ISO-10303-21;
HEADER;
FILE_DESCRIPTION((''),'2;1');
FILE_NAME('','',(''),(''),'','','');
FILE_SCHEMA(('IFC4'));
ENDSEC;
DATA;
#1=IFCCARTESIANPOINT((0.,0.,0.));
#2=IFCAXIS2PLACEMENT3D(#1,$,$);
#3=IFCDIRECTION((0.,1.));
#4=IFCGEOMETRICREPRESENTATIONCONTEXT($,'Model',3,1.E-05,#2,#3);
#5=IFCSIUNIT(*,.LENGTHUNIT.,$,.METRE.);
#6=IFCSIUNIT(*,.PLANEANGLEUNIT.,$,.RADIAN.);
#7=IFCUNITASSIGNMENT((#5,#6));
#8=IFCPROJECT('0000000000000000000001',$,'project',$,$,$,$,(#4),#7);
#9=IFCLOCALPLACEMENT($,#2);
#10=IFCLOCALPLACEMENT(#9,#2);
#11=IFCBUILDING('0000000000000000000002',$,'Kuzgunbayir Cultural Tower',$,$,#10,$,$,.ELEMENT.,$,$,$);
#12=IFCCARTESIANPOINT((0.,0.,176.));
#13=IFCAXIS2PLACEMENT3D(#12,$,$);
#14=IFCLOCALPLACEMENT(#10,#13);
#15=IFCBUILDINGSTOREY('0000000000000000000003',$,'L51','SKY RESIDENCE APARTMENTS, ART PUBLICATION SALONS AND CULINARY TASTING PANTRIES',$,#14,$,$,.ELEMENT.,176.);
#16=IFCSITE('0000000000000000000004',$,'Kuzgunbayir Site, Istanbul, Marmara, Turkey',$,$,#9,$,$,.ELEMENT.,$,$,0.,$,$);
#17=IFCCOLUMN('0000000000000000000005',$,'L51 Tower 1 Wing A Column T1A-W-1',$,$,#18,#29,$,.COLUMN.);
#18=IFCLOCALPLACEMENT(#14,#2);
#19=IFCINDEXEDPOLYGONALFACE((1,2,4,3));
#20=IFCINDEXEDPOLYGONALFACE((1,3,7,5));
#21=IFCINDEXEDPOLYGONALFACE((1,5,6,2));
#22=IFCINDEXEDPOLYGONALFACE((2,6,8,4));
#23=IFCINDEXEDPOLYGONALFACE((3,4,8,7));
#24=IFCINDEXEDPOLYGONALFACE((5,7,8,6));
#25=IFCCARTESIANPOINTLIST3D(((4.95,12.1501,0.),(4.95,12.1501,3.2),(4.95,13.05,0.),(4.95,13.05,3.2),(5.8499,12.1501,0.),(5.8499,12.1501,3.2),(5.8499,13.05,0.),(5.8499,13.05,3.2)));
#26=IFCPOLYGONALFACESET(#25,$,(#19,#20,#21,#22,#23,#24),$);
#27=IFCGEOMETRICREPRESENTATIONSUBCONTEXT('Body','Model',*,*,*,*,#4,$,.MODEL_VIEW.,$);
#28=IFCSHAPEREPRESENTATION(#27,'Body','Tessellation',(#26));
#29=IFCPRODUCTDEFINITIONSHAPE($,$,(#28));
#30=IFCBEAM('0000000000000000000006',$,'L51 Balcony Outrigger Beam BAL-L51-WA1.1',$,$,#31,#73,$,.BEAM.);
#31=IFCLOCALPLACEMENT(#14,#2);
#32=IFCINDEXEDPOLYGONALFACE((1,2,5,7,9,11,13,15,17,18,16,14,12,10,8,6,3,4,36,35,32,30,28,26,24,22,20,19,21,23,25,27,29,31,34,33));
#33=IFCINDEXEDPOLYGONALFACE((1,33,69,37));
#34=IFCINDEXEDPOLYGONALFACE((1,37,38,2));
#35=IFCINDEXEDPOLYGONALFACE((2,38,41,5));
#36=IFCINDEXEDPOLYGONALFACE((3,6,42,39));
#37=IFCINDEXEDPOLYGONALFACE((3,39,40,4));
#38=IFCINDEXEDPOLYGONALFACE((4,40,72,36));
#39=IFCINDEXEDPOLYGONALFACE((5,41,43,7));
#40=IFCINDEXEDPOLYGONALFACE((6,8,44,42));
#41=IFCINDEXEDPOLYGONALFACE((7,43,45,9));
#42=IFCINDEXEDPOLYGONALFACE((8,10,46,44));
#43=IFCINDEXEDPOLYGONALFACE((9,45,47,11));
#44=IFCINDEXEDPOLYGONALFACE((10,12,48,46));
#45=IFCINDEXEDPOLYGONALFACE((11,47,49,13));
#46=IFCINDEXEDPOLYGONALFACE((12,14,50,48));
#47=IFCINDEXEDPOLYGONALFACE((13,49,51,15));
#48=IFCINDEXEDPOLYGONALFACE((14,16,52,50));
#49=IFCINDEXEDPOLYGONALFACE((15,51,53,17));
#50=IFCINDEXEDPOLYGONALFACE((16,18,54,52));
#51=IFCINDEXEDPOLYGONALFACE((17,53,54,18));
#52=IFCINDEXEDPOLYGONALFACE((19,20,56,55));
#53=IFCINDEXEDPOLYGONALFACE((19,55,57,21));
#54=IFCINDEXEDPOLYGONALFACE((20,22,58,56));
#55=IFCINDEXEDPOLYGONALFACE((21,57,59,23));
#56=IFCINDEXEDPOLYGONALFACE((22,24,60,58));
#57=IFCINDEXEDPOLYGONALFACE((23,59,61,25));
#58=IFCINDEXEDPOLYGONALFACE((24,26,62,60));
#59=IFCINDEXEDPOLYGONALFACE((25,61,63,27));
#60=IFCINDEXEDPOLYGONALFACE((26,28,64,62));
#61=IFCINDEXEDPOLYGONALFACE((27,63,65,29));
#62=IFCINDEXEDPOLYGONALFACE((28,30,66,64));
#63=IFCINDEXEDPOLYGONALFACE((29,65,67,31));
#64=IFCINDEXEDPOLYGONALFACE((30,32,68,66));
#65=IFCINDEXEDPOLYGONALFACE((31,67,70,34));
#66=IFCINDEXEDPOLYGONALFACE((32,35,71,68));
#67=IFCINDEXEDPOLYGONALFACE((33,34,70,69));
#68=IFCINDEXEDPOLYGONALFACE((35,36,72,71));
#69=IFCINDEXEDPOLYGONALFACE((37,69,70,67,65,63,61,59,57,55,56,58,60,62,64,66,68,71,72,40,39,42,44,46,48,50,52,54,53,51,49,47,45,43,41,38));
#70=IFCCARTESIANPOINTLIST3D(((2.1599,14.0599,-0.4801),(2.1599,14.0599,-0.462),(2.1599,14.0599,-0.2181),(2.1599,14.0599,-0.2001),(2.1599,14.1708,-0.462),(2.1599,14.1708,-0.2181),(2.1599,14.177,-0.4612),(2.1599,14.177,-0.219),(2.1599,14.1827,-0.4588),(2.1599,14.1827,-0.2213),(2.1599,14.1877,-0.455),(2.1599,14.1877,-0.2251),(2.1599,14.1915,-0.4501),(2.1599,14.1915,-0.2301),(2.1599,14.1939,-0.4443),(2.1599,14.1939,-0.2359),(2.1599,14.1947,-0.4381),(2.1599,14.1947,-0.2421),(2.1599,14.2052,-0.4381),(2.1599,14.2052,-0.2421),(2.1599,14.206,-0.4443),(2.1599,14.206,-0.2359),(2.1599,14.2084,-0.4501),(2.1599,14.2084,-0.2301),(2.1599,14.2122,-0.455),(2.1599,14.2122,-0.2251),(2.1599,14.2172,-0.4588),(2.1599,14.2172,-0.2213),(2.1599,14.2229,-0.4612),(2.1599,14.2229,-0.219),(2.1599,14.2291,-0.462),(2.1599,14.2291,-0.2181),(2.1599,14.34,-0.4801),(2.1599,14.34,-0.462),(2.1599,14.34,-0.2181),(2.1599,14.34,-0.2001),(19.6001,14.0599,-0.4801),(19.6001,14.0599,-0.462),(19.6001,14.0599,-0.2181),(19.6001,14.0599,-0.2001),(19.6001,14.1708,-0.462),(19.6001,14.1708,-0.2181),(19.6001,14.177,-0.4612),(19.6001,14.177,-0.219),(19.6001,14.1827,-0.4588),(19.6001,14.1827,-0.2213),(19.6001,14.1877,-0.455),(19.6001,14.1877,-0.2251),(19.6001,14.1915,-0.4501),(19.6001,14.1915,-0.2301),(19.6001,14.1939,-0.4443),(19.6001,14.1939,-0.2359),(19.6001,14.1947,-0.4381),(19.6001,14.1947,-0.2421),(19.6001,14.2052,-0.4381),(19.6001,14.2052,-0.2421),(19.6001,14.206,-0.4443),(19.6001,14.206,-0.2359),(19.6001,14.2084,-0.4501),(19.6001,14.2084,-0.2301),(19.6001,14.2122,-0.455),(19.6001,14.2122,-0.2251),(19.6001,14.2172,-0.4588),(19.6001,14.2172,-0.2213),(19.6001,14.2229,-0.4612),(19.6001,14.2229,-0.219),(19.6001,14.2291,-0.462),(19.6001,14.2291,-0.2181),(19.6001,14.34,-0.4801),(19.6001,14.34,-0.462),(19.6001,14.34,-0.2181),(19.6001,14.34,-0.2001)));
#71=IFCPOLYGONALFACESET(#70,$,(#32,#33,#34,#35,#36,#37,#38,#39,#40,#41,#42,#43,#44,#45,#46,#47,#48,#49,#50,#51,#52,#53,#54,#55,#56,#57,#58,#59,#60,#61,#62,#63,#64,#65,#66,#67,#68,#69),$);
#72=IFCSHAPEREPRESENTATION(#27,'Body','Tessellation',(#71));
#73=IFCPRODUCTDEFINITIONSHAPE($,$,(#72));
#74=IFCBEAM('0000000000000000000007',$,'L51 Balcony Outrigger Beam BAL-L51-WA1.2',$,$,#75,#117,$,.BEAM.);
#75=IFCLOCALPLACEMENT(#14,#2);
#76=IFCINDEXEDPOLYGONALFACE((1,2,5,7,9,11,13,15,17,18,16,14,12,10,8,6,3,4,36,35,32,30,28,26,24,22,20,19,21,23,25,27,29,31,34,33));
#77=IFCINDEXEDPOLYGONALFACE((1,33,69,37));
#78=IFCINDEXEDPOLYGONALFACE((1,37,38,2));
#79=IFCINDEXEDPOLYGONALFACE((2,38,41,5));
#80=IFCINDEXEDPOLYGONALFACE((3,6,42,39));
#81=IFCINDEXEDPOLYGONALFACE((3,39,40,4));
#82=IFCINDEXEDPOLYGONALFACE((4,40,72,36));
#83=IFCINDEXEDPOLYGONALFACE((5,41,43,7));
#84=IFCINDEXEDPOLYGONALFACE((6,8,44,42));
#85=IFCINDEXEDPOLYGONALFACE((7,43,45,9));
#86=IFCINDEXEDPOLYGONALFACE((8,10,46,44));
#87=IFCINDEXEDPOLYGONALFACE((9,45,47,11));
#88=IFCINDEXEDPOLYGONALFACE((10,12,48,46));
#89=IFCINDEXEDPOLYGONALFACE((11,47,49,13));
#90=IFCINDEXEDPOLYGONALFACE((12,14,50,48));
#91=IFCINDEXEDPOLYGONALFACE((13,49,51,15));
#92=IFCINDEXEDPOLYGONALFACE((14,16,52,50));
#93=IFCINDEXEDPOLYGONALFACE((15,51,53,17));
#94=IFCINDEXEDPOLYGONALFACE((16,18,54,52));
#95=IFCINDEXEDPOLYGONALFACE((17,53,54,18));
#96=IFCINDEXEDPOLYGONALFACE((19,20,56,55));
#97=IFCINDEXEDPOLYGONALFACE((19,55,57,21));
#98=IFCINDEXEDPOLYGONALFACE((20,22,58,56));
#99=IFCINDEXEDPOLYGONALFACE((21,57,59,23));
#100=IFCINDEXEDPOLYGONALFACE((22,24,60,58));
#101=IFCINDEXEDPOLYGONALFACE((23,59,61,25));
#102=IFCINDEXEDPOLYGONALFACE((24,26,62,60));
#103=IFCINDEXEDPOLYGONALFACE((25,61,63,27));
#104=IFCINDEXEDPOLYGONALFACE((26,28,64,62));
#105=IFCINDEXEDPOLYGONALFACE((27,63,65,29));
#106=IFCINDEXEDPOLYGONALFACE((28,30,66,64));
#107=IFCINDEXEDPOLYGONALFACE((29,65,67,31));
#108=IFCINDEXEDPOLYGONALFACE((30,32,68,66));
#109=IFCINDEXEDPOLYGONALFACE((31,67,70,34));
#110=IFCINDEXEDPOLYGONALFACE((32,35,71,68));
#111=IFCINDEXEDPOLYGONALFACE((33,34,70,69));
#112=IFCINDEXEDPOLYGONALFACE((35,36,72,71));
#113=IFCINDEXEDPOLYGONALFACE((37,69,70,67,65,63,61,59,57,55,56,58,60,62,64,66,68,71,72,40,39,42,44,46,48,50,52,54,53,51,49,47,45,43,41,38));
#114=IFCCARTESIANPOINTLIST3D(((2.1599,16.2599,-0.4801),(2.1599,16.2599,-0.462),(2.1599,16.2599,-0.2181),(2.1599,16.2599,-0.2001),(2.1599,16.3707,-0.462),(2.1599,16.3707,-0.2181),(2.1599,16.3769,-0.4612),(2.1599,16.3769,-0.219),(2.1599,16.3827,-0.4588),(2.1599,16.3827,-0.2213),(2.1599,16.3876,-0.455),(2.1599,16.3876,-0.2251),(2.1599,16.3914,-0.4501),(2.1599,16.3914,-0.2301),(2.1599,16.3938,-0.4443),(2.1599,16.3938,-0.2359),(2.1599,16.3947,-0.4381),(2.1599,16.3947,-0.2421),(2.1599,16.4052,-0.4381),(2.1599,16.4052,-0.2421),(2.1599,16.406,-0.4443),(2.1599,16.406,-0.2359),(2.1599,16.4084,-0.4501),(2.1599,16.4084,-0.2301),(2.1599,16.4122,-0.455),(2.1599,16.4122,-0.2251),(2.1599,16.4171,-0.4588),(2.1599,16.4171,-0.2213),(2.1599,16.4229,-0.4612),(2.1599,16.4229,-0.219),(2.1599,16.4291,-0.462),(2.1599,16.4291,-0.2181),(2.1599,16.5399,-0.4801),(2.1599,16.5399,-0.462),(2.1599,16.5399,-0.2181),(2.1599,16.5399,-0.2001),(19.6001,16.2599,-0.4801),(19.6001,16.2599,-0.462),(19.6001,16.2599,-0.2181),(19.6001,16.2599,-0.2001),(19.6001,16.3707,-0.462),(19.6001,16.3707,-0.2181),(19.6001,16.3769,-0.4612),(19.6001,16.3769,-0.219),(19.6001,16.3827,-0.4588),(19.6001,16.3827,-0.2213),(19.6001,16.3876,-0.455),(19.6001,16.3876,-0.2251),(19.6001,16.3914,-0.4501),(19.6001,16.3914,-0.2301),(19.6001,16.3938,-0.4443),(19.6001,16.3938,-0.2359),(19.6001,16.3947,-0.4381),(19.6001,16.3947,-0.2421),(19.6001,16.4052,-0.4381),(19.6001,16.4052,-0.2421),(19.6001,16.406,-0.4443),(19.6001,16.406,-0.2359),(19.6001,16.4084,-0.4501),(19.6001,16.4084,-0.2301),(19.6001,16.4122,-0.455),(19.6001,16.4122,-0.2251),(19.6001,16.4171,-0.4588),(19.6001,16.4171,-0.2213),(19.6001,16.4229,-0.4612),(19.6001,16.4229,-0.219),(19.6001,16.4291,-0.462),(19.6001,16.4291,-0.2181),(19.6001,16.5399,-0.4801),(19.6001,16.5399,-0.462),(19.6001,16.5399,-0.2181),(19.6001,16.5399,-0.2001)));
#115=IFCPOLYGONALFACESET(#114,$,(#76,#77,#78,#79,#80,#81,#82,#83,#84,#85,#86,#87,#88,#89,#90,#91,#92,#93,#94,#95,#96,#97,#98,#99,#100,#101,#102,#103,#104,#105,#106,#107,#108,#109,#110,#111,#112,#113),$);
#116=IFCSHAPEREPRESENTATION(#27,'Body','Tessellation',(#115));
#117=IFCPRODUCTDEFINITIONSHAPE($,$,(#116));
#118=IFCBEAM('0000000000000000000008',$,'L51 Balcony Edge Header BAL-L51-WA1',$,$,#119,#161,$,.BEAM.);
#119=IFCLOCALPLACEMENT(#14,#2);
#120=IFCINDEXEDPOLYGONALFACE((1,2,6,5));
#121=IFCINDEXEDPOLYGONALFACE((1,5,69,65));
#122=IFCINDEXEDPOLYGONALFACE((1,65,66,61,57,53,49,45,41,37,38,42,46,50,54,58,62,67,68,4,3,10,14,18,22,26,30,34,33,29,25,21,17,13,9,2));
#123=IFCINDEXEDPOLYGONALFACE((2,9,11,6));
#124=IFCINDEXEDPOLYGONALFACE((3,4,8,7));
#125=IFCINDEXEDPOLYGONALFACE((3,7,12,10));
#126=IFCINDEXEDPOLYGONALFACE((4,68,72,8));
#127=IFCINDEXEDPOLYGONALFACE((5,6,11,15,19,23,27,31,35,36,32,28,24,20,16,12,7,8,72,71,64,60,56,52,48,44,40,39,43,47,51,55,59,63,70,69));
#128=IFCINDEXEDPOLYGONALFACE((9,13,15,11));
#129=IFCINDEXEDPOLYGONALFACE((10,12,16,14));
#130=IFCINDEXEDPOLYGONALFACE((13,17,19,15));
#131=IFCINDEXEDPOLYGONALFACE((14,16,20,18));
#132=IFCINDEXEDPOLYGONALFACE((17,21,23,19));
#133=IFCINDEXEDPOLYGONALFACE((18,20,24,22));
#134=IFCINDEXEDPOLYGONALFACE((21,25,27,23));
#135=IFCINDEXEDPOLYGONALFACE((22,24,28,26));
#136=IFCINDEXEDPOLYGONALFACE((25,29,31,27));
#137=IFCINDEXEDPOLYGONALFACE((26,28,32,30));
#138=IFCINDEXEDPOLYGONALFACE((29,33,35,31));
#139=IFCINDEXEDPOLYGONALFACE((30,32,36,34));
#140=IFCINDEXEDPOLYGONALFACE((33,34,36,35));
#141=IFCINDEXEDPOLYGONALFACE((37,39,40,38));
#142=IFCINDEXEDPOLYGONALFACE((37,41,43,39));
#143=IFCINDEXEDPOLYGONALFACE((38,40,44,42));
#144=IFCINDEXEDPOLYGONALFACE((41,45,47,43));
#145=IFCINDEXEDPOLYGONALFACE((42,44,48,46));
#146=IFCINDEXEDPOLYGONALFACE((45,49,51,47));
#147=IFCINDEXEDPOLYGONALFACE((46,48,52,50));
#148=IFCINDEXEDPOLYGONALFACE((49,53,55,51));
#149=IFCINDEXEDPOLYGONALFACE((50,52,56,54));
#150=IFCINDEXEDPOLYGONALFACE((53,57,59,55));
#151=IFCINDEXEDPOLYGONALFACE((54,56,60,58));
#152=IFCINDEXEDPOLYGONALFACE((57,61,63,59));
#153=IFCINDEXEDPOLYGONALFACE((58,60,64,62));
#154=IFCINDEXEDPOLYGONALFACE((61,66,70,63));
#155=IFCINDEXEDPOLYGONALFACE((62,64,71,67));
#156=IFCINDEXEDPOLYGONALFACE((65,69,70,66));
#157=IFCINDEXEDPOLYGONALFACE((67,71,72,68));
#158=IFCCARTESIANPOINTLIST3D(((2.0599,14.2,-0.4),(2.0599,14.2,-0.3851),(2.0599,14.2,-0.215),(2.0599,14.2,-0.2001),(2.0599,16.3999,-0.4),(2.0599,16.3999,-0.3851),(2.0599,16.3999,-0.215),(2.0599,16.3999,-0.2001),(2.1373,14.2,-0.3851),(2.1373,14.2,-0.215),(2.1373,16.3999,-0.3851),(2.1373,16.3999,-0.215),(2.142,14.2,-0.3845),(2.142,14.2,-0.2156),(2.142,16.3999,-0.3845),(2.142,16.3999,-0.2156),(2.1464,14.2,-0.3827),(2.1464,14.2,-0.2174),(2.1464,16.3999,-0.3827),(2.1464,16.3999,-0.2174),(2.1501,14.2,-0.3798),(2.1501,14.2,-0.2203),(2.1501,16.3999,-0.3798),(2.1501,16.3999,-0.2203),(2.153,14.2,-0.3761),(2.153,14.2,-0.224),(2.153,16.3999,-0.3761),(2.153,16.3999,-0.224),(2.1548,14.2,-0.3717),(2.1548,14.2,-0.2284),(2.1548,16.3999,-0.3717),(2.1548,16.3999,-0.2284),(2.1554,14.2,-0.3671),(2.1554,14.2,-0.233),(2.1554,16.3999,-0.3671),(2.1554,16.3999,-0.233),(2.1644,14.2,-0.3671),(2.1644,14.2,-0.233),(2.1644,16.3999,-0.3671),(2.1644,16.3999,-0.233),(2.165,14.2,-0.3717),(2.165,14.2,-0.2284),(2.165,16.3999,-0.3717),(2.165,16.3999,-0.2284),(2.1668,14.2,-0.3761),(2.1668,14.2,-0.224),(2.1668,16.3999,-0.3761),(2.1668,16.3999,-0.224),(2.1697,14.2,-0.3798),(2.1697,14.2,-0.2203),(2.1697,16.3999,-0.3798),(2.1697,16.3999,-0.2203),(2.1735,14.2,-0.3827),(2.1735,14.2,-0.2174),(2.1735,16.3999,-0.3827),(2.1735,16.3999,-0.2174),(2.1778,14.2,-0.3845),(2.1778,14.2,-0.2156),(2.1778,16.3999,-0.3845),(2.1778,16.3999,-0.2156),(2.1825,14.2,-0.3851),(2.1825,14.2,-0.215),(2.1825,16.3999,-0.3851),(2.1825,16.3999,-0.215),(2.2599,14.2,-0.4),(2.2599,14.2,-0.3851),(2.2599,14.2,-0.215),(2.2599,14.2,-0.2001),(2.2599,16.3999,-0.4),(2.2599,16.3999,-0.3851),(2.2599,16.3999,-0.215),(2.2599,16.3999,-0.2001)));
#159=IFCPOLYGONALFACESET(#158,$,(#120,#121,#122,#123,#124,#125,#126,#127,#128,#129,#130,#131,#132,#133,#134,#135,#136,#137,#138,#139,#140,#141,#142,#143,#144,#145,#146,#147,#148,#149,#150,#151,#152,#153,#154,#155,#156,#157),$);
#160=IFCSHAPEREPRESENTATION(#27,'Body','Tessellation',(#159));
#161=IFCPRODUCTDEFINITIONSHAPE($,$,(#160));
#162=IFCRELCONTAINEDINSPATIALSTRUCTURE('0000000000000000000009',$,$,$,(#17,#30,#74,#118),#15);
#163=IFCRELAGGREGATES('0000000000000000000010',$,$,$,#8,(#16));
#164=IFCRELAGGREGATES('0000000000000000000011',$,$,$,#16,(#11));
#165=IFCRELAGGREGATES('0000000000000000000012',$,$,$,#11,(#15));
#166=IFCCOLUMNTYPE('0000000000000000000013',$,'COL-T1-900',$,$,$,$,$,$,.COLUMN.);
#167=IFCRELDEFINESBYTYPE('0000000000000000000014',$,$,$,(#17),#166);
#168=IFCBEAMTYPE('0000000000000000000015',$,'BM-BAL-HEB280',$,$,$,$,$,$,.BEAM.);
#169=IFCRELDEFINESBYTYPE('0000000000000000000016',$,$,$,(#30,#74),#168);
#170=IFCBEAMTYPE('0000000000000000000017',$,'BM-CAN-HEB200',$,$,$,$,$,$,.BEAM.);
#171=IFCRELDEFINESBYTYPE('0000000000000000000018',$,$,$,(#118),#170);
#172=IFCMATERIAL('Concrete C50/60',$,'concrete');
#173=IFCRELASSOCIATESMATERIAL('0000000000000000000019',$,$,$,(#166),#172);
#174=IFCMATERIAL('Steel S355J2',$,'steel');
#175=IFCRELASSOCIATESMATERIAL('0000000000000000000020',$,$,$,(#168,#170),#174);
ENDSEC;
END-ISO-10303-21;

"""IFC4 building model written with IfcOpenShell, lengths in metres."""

from ifc_helpers import new_model, si_unit, direction, frame, origin, origin_2d, place, context, subcontext, project, spatial, rectangle, i_section, extrude, material, material_profile, profile_set, type_object, element, save


model = new_model("IFC4")

# Units and contexts
model_context = context("Model", 3, precision=1e-05, world=origin(), true_north=direction((0.0, 1.0)))
body_context = subcontext(model_context, "Body", "Model", "MODEL_VIEW")
ifc_project = project(units=[si_unit("LENGTHUNIT", "METRE"), si_unit("PLANEANGLEUNIT", "RADIAN")], contexts=[model_context])

# Site, building, storey
site_placement = place(None, origin())
site = spatial("IfcSite", under=ifc_project, at=site_placement, Name="Kuzgunbayir Site, Istanbul, Marmara, Turkey", CompositionType="ELEMENT", RefElevation=0.0)
building_placement = place(site_placement, origin())
building = spatial("IfcBuilding", under=site, at=building_placement, Name="Kuzgunbayir Cultural Tower", CompositionType="ELEMENT")
storey_placement = place(building_placement, frame((0.0, 0.0, 176.0)))
storey = spatial("IfcBuildingStorey", under=building, at=storey_placement, Name="L51", Description="SKY RESIDENCE APARTMENTS, ART PUBLICATION SALONS AND CULINARY TASTING PANTRIES", CompositionType="ELEMENT", Elevation=176.0)

# Column
ifc_material_1 = material(Name="Concrete C50/60", Category="concrete")
ifc_material_profile_1 = material_profile(ifc_material_1, rectangle(XDim=0.8999, YDim=0.8999, at=origin_2d()), Name="RC 900x900")
ifc_profile_set_1 = profile_set([ifc_material_profile_1], Name="Concrete C50/60")
column_type = type_object("IfcColumnType", Name="COL-T1-900", PredefinedType="COLUMN", material=ifc_profile_set_1)
column_placement = place(storey_placement, frame((5.3999, 12.6001, 0.0), z_axis=(0.0, 0.0, 1.0), x_axis=(1.0, 0.0, 0.0)))
element("IfcColumn", 1, at=column_placement, inside=storey, type_object=column_type, Name="L51 Tower 1 Wing A Column T1A-W-1", PredefinedType="COLUMN", context=body_context, shape_type="SweptSolid", body=[
    extrude(rectangle(XDim=0.8999, YDim=0.8999, at=origin_2d()), origin(), (0.0, 0.0, 1.0), 3.2),
])

# Beams
ifc_material_2 = material(Name="Steel S355J2", Category="steel")
ifc_material_profile_2 = material_profile(ifc_material_2, i_section(OverallWidth=0.28, OverallDepth=0.28, WebThickness=0.0105, FlangeThickness=0.0181, FilletRadius=0.0239, at=origin_2d()), Name="HEB 280")
ifc_profile_set_2 = profile_set([ifc_material_profile_2], Name="Steel S355J2")
beam_type_1 = type_object("IfcBeamType", Name="BM-BAL-HEB280", PredefinedType="BEAM", material=ifc_profile_set_2)
for number, where, z_axis, x_axis, name in (
    (2, (2.1599, 14.2, -0.3401), (1.0, 0.0, 0.0), (0.0, 1.0, 0.0), "L51 Balcony Outrigger Beam BAL-L51-WA1.1"),
    (3, (2.1599, 16.3999, -0.3401), (1.0, 0.0, 0.0), (0.0, 1.0, 0.0), "L51 Balcony Outrigger Beam BAL-L51-WA1.2"),
):
    element("IfcBeam", number, at=place(storey_placement, frame(where, z_axis=z_axis, x_axis=x_axis)), inside=storey, type_object=beam_type_1, Name=name, PredefinedType="BEAM", context=body_context, shape_type="SweptSolid", body=[
        extrude(i_section(OverallWidth=0.28, OverallDepth=0.28, WebThickness=0.0105, FlangeThickness=0.0181, FilletRadius=0.0239, at=origin_2d()), origin(), (0.0, 0.0, 1.0), 17.4402),
    ])
ifc_material_profile_3 = material_profile(ifc_material_2, i_section(OverallWidth=0.2, OverallDepth=0.2, WebThickness=0.009, FlangeThickness=0.0149, FilletRadius=0.0181, at=origin_2d()), Name="HEB 200")
ifc_profile_set_3 = profile_set([ifc_material_profile_3], Name="Steel S355J2")
beam_type_2 = type_object("IfcBeamType", Name="BM-CAN-HEB200", PredefinedType="BEAM", material=ifc_profile_set_3)
beam_1_placement = place(storey_placement, frame((2.1599, 14.2, -0.3), z_axis=(0.0, 1.0, 0.0), x_axis=(-1.0, 0.0, 0.0)))
element("IfcBeam", 4, at=beam_1_placement, inside=storey, type_object=beam_type_2, Name="L51 Balcony Edge Header BAL-L51-WA1", PredefinedType="BEAM", context=body_context, shape_type="SweptSolid", body=[
    extrude(i_section(OverallWidth=0.2, OverallDepth=0.2, WebThickness=0.009, FlangeThickness=0.0149, FilletRadius=0.0181, at=origin_2d()), origin(), (0.0, 0.0, 1.0), 2.2),
])

save(model, "model.ifc")
